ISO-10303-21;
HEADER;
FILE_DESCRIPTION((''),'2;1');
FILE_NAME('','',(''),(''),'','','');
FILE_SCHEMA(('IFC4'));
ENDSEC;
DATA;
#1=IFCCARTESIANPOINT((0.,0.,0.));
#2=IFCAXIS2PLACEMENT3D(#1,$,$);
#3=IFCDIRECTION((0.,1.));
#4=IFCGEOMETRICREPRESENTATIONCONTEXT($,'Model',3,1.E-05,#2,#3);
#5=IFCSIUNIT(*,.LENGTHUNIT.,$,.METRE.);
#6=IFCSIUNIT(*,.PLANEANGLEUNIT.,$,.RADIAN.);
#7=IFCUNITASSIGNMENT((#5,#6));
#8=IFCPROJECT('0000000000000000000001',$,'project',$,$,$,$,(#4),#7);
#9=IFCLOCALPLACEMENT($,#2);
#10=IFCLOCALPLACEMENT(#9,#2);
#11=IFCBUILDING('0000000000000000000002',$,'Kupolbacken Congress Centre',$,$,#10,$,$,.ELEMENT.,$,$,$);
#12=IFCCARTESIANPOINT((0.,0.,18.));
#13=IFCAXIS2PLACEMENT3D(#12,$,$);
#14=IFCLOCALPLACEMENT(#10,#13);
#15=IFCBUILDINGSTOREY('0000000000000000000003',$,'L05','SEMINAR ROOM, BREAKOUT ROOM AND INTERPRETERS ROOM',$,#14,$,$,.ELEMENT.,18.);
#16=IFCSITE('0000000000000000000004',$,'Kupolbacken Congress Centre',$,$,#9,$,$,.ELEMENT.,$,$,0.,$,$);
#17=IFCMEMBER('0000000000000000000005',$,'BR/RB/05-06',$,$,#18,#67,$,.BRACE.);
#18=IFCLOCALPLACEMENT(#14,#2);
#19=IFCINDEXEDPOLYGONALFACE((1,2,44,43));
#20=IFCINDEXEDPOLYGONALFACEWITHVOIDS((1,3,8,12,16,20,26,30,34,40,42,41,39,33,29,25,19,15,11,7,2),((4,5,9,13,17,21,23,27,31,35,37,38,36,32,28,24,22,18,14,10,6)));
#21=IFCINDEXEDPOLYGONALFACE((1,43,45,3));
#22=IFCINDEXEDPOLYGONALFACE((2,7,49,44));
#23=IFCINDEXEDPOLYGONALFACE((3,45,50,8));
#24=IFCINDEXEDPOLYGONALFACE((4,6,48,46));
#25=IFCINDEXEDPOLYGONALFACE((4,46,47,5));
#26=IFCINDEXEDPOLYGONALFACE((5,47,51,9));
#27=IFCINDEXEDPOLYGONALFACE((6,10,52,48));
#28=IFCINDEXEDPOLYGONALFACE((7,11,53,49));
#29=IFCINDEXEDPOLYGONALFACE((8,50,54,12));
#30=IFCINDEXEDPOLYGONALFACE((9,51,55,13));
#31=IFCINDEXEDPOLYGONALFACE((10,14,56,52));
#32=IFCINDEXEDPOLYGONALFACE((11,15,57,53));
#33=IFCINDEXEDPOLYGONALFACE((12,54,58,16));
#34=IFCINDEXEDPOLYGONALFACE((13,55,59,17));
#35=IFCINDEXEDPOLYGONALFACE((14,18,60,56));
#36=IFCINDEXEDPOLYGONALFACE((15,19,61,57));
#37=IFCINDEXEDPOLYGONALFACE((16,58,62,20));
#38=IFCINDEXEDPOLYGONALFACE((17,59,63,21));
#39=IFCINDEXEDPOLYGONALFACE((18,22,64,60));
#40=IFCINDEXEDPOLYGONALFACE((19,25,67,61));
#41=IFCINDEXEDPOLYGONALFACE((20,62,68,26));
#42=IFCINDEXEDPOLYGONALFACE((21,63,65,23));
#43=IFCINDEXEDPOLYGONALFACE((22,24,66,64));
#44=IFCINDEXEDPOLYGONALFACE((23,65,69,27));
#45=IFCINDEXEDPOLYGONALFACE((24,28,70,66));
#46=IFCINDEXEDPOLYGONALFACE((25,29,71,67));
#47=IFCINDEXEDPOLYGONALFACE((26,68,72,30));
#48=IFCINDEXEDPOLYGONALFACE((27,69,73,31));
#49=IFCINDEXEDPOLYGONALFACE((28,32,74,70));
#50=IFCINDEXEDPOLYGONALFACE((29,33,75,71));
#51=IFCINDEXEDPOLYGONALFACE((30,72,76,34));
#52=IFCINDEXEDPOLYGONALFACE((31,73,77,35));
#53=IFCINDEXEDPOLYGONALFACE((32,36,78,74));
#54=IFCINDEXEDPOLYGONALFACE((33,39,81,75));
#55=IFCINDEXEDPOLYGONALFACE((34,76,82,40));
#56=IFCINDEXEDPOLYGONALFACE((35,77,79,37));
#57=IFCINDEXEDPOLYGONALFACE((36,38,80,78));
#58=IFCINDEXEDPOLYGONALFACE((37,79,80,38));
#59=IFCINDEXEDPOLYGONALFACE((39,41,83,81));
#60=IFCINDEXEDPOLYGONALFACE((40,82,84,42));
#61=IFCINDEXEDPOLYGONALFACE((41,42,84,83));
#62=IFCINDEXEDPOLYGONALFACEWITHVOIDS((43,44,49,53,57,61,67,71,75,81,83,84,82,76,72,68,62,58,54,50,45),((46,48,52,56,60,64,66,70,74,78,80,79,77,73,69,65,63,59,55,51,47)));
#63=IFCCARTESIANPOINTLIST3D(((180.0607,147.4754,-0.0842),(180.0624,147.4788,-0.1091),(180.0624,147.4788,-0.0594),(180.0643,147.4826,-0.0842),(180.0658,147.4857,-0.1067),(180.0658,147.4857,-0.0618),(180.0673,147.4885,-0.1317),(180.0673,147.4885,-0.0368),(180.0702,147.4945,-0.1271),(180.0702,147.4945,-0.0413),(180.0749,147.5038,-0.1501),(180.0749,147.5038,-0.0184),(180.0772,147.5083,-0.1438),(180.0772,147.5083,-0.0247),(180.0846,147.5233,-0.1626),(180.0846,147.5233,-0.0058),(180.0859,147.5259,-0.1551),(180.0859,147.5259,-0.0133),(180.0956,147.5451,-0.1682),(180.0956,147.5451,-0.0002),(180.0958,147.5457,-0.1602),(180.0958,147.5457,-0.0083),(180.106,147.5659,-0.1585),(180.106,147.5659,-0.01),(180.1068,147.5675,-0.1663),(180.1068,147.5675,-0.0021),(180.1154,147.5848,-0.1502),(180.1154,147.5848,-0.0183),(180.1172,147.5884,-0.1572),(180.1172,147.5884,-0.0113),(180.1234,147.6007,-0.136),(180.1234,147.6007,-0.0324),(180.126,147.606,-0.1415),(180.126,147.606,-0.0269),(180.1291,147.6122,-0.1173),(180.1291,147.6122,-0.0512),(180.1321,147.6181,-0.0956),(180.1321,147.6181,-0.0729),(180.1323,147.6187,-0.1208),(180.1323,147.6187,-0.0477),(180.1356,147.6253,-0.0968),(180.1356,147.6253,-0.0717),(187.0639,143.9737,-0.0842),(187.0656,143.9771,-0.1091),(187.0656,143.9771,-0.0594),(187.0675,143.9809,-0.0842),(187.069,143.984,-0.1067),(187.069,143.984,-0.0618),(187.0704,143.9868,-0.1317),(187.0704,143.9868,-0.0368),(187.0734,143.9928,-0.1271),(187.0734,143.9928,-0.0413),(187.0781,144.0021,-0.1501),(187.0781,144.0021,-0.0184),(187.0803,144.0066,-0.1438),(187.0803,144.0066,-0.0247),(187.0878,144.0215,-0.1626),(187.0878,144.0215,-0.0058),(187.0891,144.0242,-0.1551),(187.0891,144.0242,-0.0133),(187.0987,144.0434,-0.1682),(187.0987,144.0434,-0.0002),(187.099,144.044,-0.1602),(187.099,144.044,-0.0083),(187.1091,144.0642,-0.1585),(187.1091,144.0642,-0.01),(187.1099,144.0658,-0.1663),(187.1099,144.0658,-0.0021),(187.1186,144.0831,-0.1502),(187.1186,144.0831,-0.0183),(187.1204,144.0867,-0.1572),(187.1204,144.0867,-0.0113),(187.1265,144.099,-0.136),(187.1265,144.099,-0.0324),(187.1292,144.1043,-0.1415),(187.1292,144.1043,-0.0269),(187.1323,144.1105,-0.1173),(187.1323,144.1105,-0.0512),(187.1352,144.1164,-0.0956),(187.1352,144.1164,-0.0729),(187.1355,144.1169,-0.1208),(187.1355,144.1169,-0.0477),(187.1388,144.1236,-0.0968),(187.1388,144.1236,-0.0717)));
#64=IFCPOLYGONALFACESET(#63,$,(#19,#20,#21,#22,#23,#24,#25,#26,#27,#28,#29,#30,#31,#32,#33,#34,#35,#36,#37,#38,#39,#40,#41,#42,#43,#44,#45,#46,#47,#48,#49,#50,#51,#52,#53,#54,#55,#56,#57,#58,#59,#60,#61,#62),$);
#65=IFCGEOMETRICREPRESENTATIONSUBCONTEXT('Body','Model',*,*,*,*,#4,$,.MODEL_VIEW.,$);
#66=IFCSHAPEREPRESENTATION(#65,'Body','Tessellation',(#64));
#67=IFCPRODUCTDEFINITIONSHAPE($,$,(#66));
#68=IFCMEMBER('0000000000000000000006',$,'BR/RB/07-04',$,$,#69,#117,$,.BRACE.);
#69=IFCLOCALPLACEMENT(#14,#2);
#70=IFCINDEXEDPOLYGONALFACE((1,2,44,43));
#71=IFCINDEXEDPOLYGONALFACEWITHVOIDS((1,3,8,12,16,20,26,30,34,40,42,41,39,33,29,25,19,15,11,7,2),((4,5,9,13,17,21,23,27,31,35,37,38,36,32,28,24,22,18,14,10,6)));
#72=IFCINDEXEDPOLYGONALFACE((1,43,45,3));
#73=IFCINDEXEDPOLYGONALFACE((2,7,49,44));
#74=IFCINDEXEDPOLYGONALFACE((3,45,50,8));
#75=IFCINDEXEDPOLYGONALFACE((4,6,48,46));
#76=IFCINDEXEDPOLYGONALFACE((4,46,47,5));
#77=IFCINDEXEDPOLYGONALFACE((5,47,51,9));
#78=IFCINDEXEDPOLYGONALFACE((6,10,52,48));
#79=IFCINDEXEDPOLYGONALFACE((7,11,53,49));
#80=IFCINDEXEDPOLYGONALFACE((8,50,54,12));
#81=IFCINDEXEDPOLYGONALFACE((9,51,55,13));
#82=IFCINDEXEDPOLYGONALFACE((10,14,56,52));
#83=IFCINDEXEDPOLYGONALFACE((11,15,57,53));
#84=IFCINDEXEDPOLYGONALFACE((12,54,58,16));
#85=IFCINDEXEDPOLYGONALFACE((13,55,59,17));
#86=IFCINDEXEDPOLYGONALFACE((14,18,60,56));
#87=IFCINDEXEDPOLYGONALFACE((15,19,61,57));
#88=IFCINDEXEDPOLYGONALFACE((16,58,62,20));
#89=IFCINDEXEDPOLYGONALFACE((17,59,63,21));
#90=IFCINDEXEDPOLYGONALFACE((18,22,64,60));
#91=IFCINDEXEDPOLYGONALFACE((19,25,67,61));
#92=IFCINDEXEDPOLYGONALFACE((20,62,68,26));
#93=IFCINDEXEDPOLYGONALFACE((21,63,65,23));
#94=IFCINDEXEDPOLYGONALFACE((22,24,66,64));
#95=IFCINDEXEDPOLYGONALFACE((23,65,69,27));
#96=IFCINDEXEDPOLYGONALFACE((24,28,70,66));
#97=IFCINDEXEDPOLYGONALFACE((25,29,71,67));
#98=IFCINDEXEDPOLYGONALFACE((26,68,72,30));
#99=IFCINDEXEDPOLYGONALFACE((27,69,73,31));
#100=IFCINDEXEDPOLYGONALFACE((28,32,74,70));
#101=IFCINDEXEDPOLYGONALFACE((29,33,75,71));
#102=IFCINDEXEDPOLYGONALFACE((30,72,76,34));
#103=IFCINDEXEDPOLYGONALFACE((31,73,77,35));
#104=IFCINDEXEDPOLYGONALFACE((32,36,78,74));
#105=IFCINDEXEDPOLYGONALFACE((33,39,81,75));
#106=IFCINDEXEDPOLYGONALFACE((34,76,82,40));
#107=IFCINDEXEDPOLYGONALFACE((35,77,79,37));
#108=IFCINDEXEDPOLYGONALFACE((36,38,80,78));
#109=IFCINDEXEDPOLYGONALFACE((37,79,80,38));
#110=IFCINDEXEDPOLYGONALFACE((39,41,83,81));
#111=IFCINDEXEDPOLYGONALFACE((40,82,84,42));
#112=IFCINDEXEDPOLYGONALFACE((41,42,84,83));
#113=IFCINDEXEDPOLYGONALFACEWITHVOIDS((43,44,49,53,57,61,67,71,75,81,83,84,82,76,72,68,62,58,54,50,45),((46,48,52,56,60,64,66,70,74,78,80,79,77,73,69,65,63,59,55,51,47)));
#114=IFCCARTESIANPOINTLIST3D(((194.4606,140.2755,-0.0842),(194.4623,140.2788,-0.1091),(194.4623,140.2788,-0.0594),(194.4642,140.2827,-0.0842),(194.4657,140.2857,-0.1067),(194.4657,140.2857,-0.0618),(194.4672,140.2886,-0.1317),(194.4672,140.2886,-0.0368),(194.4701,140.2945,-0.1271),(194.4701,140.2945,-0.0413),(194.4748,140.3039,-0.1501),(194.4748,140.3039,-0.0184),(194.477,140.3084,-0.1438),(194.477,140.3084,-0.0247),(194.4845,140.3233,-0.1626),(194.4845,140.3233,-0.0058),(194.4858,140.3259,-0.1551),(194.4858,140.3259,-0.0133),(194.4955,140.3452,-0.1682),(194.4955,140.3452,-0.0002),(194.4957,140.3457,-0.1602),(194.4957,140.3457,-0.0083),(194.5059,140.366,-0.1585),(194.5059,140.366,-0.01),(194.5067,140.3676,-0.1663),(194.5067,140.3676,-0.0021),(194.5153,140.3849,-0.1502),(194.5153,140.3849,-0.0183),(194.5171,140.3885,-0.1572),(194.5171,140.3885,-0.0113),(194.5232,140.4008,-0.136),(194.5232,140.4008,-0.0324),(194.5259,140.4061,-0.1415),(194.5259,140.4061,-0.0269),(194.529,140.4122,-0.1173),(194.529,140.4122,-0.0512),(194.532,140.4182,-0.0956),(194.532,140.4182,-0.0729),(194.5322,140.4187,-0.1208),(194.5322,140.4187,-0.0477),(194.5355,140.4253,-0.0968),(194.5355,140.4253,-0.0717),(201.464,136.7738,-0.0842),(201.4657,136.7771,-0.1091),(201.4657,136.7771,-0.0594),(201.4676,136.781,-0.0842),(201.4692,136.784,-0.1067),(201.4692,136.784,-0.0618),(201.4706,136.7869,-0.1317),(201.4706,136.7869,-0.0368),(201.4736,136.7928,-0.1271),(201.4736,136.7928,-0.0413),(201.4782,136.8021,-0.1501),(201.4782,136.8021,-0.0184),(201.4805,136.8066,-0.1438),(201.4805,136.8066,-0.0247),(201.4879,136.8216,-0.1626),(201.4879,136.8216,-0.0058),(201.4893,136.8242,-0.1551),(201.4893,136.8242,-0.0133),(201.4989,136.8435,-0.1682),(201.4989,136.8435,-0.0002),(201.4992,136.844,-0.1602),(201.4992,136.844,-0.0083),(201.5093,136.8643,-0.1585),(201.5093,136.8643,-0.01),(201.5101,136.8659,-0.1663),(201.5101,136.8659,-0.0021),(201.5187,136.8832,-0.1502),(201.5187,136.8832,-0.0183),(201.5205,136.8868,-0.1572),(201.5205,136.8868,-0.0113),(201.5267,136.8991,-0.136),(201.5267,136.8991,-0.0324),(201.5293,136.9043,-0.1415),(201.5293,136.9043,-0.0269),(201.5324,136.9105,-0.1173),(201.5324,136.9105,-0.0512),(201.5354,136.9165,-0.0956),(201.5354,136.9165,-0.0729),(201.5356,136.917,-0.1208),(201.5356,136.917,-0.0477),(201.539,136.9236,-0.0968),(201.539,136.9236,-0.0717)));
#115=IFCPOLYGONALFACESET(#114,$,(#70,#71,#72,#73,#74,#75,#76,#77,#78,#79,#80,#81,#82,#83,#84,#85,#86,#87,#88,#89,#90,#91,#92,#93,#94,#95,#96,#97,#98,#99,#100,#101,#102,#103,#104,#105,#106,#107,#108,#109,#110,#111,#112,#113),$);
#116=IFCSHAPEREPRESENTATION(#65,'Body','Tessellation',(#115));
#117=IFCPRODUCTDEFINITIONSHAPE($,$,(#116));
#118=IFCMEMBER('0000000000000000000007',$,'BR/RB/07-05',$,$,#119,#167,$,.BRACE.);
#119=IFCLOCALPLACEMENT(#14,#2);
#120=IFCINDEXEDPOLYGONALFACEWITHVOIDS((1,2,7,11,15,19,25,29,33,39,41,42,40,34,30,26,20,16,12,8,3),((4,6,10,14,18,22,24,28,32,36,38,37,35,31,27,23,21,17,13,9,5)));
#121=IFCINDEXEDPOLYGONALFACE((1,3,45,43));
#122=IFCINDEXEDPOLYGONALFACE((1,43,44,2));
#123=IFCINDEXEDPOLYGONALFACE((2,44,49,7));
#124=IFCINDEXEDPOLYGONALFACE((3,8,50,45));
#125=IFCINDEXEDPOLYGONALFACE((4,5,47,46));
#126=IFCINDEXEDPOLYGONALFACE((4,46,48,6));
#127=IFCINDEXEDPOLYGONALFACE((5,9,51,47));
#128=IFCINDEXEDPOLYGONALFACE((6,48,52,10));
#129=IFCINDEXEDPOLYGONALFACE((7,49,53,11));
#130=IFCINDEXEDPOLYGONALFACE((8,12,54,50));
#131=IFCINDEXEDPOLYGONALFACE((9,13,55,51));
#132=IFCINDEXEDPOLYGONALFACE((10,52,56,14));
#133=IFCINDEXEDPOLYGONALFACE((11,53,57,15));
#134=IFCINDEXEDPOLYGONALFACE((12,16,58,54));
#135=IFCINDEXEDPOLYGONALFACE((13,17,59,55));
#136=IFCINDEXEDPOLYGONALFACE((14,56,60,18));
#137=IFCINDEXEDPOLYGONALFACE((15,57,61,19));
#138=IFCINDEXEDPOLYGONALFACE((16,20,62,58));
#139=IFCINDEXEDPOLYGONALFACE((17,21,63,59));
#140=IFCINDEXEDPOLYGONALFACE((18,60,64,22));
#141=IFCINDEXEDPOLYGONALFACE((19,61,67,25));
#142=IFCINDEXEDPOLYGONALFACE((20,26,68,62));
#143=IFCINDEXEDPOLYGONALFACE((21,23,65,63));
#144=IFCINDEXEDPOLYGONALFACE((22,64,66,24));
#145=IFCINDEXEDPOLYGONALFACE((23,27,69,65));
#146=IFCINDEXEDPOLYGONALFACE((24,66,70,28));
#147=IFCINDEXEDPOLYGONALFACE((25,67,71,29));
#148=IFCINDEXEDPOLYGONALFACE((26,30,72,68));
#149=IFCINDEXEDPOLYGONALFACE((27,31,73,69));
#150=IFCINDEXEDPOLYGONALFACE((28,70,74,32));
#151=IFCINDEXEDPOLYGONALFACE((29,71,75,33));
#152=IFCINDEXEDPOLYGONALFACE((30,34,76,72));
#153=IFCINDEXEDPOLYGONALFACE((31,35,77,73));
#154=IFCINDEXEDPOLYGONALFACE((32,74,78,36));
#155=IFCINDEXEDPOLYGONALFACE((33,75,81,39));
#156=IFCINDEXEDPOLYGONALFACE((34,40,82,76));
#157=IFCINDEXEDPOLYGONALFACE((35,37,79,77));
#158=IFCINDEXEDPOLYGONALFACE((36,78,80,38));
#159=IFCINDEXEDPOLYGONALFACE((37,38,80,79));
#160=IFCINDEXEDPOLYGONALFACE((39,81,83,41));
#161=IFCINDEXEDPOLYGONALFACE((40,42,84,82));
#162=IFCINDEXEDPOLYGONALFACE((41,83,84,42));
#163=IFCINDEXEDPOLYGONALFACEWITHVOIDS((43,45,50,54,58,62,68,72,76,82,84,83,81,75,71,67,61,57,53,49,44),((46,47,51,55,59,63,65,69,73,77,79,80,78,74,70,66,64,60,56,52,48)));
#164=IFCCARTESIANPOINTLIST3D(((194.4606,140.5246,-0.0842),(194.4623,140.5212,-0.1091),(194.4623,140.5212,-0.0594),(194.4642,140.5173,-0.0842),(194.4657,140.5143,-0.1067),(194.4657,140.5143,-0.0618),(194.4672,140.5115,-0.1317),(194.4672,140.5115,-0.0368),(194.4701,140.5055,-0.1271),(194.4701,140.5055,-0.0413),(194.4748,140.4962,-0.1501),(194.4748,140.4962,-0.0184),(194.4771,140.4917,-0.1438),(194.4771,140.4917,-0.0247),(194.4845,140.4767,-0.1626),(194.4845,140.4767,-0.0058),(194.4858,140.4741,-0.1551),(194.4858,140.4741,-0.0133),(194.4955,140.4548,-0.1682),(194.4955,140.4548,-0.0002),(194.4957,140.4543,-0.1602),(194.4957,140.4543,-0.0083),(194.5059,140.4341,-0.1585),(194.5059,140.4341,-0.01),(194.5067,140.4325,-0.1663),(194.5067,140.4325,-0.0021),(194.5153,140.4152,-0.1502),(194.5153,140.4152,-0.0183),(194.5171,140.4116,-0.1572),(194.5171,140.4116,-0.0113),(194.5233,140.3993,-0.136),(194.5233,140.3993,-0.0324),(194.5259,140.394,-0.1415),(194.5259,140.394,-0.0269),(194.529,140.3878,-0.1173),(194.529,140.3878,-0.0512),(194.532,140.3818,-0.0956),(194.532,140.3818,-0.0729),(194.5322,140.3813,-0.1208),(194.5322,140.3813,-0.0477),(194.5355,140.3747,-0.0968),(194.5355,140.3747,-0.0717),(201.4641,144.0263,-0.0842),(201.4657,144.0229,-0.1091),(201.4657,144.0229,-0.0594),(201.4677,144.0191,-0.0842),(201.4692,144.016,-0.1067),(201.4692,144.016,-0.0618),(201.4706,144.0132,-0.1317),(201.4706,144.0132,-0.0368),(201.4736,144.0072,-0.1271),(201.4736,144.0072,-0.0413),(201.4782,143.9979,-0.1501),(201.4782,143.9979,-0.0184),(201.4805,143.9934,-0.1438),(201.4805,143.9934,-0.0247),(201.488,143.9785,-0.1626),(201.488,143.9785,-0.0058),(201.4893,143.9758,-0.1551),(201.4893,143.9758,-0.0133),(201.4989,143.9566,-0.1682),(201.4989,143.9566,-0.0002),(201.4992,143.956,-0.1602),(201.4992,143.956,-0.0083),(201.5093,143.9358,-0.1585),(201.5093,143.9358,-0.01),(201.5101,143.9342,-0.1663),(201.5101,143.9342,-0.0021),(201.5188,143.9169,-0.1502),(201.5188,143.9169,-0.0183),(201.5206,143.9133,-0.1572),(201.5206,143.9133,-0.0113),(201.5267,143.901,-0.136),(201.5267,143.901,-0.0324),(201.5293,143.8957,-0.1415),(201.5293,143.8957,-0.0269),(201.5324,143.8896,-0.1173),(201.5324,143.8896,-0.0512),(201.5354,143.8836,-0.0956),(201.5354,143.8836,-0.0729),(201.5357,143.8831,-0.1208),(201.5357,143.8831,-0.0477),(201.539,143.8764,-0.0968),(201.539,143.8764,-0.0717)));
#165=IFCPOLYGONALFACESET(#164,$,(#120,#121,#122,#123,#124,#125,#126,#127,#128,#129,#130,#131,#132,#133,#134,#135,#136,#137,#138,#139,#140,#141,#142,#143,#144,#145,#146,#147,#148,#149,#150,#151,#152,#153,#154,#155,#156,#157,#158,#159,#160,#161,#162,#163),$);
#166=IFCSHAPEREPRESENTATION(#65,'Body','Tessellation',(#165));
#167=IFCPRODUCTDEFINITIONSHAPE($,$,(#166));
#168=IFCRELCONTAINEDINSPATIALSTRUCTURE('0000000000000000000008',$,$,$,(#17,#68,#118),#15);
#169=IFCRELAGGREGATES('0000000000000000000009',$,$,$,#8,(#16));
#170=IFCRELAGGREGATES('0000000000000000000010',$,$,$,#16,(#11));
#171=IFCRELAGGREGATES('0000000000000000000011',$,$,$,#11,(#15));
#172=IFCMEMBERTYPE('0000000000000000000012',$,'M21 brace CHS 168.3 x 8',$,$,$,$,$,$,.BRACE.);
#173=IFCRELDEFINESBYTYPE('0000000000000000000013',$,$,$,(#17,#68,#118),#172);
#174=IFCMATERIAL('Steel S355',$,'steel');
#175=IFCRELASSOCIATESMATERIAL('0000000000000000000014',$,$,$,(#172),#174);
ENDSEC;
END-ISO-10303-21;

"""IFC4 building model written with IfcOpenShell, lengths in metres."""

from ifc_helpers import new_model, si_unit, direction, frame, origin, origin_2d, place, context, subcontext, project, spatial, hollow_circle, extrude, material, material_profile, profile_set, type_object, element, save


model = new_model("IFC4")

# Units and contexts
model_context = context("Model", 3, precision=1e-05, world=origin(), true_north=direction((0.0, 1.0)))
body_context = subcontext(model_context, "Body", "Model", "MODEL_VIEW")
ifc_project = project(units=[si_unit("LENGTHUNIT", "METRE"), si_unit("PLANEANGLEUNIT", "RADIAN")], contexts=[model_context])

# Site, building, storey
site_placement = place(None, origin())
site = spatial("IfcSite", under=ifc_project, at=site_placement, Name="Kupolbacken Congress Centre", CompositionType="ELEMENT", RefElevation=0.0)
building_placement = place(site_placement, origin())
building = spatial("IfcBuilding", under=site, at=building_placement, Name="Kupolbacken Congress Centre", CompositionType="ELEMENT")
storey_placement = place(building_placement, frame((0.0, 0.0, 18.0)))
storey = spatial("IfcBuildingStorey", under=building, at=storey_placement, Name="L05", Description="SEMINAR ROOM, BREAKOUT ROOM AND INTERPRETERS ROOM", CompositionType="ELEMENT", Elevation=18.0)

# Members
ifc_material_1 = material(Name="Steel S355", Category="steel")
ifc_material_profile_1 = material_profile(ifc_material_1, hollow_circle(Radius=0.0842, WallThickness=0.0081, at=origin_2d()), Name="CHS 168.3 x 8")
ifc_profile_set_1 = profile_set([ifc_material_profile_1], Name="Steel S355")
member_type_1 = type_object("IfcMemberType", Name="M21 brace CHS 168.3 x 8", PredefinedType="BRACE", material=ifc_profile_set_1)
member_placement = place(storey_placement, frame((187.1016, 144.0491, -0.0842), z_axis=(-0.894421, 0.447226, 0.0), x_axis=(-0.447226, -0.894421, 0.0)))
element("IfcMember", 1, at=member_placement, inside=storey, type_object=member_type_1, Name="BR/RB/05-06", PredefinedType="BRACE", context=body_context, shape_type="SweptSolid", body=[
    extrude(hollow_circle(Radius=0.0842, WallThickness=0.0081, at=origin_2d()), origin(), (0.0, 0.0, 1.0), 7.8298),
])
for number, where, z_axis, x_axis, name in (
    (2, (201.5017, 136.8491, -0.0842), (-0.894427, 0.447214, 0.0), (-0.447214, -0.894427, 0.0), "BR/RB/07-04"),
    (3, (194.4983, 140.4492, -0.0842), (0.894427, 0.447214, 0.0), (-0.447214, 0.894427, 0.0), "BR/RB/07-05"),
):
    element("IfcMember", number, at=place(storey_placement, frame(where, z_axis=z_axis, x_axis=x_axis)), inside=storey, type_object=member_type_1, Name=name, PredefinedType="BRACE", context=body_context, shape_type="SweptSolid", body=[
        extrude(hollow_circle(Radius=0.0842, WallThickness=0.0081, at=origin_2d()), origin(), (0.0, 0.0, 1.0), 7.8301),
    ])

save(model, "model.ifc")
